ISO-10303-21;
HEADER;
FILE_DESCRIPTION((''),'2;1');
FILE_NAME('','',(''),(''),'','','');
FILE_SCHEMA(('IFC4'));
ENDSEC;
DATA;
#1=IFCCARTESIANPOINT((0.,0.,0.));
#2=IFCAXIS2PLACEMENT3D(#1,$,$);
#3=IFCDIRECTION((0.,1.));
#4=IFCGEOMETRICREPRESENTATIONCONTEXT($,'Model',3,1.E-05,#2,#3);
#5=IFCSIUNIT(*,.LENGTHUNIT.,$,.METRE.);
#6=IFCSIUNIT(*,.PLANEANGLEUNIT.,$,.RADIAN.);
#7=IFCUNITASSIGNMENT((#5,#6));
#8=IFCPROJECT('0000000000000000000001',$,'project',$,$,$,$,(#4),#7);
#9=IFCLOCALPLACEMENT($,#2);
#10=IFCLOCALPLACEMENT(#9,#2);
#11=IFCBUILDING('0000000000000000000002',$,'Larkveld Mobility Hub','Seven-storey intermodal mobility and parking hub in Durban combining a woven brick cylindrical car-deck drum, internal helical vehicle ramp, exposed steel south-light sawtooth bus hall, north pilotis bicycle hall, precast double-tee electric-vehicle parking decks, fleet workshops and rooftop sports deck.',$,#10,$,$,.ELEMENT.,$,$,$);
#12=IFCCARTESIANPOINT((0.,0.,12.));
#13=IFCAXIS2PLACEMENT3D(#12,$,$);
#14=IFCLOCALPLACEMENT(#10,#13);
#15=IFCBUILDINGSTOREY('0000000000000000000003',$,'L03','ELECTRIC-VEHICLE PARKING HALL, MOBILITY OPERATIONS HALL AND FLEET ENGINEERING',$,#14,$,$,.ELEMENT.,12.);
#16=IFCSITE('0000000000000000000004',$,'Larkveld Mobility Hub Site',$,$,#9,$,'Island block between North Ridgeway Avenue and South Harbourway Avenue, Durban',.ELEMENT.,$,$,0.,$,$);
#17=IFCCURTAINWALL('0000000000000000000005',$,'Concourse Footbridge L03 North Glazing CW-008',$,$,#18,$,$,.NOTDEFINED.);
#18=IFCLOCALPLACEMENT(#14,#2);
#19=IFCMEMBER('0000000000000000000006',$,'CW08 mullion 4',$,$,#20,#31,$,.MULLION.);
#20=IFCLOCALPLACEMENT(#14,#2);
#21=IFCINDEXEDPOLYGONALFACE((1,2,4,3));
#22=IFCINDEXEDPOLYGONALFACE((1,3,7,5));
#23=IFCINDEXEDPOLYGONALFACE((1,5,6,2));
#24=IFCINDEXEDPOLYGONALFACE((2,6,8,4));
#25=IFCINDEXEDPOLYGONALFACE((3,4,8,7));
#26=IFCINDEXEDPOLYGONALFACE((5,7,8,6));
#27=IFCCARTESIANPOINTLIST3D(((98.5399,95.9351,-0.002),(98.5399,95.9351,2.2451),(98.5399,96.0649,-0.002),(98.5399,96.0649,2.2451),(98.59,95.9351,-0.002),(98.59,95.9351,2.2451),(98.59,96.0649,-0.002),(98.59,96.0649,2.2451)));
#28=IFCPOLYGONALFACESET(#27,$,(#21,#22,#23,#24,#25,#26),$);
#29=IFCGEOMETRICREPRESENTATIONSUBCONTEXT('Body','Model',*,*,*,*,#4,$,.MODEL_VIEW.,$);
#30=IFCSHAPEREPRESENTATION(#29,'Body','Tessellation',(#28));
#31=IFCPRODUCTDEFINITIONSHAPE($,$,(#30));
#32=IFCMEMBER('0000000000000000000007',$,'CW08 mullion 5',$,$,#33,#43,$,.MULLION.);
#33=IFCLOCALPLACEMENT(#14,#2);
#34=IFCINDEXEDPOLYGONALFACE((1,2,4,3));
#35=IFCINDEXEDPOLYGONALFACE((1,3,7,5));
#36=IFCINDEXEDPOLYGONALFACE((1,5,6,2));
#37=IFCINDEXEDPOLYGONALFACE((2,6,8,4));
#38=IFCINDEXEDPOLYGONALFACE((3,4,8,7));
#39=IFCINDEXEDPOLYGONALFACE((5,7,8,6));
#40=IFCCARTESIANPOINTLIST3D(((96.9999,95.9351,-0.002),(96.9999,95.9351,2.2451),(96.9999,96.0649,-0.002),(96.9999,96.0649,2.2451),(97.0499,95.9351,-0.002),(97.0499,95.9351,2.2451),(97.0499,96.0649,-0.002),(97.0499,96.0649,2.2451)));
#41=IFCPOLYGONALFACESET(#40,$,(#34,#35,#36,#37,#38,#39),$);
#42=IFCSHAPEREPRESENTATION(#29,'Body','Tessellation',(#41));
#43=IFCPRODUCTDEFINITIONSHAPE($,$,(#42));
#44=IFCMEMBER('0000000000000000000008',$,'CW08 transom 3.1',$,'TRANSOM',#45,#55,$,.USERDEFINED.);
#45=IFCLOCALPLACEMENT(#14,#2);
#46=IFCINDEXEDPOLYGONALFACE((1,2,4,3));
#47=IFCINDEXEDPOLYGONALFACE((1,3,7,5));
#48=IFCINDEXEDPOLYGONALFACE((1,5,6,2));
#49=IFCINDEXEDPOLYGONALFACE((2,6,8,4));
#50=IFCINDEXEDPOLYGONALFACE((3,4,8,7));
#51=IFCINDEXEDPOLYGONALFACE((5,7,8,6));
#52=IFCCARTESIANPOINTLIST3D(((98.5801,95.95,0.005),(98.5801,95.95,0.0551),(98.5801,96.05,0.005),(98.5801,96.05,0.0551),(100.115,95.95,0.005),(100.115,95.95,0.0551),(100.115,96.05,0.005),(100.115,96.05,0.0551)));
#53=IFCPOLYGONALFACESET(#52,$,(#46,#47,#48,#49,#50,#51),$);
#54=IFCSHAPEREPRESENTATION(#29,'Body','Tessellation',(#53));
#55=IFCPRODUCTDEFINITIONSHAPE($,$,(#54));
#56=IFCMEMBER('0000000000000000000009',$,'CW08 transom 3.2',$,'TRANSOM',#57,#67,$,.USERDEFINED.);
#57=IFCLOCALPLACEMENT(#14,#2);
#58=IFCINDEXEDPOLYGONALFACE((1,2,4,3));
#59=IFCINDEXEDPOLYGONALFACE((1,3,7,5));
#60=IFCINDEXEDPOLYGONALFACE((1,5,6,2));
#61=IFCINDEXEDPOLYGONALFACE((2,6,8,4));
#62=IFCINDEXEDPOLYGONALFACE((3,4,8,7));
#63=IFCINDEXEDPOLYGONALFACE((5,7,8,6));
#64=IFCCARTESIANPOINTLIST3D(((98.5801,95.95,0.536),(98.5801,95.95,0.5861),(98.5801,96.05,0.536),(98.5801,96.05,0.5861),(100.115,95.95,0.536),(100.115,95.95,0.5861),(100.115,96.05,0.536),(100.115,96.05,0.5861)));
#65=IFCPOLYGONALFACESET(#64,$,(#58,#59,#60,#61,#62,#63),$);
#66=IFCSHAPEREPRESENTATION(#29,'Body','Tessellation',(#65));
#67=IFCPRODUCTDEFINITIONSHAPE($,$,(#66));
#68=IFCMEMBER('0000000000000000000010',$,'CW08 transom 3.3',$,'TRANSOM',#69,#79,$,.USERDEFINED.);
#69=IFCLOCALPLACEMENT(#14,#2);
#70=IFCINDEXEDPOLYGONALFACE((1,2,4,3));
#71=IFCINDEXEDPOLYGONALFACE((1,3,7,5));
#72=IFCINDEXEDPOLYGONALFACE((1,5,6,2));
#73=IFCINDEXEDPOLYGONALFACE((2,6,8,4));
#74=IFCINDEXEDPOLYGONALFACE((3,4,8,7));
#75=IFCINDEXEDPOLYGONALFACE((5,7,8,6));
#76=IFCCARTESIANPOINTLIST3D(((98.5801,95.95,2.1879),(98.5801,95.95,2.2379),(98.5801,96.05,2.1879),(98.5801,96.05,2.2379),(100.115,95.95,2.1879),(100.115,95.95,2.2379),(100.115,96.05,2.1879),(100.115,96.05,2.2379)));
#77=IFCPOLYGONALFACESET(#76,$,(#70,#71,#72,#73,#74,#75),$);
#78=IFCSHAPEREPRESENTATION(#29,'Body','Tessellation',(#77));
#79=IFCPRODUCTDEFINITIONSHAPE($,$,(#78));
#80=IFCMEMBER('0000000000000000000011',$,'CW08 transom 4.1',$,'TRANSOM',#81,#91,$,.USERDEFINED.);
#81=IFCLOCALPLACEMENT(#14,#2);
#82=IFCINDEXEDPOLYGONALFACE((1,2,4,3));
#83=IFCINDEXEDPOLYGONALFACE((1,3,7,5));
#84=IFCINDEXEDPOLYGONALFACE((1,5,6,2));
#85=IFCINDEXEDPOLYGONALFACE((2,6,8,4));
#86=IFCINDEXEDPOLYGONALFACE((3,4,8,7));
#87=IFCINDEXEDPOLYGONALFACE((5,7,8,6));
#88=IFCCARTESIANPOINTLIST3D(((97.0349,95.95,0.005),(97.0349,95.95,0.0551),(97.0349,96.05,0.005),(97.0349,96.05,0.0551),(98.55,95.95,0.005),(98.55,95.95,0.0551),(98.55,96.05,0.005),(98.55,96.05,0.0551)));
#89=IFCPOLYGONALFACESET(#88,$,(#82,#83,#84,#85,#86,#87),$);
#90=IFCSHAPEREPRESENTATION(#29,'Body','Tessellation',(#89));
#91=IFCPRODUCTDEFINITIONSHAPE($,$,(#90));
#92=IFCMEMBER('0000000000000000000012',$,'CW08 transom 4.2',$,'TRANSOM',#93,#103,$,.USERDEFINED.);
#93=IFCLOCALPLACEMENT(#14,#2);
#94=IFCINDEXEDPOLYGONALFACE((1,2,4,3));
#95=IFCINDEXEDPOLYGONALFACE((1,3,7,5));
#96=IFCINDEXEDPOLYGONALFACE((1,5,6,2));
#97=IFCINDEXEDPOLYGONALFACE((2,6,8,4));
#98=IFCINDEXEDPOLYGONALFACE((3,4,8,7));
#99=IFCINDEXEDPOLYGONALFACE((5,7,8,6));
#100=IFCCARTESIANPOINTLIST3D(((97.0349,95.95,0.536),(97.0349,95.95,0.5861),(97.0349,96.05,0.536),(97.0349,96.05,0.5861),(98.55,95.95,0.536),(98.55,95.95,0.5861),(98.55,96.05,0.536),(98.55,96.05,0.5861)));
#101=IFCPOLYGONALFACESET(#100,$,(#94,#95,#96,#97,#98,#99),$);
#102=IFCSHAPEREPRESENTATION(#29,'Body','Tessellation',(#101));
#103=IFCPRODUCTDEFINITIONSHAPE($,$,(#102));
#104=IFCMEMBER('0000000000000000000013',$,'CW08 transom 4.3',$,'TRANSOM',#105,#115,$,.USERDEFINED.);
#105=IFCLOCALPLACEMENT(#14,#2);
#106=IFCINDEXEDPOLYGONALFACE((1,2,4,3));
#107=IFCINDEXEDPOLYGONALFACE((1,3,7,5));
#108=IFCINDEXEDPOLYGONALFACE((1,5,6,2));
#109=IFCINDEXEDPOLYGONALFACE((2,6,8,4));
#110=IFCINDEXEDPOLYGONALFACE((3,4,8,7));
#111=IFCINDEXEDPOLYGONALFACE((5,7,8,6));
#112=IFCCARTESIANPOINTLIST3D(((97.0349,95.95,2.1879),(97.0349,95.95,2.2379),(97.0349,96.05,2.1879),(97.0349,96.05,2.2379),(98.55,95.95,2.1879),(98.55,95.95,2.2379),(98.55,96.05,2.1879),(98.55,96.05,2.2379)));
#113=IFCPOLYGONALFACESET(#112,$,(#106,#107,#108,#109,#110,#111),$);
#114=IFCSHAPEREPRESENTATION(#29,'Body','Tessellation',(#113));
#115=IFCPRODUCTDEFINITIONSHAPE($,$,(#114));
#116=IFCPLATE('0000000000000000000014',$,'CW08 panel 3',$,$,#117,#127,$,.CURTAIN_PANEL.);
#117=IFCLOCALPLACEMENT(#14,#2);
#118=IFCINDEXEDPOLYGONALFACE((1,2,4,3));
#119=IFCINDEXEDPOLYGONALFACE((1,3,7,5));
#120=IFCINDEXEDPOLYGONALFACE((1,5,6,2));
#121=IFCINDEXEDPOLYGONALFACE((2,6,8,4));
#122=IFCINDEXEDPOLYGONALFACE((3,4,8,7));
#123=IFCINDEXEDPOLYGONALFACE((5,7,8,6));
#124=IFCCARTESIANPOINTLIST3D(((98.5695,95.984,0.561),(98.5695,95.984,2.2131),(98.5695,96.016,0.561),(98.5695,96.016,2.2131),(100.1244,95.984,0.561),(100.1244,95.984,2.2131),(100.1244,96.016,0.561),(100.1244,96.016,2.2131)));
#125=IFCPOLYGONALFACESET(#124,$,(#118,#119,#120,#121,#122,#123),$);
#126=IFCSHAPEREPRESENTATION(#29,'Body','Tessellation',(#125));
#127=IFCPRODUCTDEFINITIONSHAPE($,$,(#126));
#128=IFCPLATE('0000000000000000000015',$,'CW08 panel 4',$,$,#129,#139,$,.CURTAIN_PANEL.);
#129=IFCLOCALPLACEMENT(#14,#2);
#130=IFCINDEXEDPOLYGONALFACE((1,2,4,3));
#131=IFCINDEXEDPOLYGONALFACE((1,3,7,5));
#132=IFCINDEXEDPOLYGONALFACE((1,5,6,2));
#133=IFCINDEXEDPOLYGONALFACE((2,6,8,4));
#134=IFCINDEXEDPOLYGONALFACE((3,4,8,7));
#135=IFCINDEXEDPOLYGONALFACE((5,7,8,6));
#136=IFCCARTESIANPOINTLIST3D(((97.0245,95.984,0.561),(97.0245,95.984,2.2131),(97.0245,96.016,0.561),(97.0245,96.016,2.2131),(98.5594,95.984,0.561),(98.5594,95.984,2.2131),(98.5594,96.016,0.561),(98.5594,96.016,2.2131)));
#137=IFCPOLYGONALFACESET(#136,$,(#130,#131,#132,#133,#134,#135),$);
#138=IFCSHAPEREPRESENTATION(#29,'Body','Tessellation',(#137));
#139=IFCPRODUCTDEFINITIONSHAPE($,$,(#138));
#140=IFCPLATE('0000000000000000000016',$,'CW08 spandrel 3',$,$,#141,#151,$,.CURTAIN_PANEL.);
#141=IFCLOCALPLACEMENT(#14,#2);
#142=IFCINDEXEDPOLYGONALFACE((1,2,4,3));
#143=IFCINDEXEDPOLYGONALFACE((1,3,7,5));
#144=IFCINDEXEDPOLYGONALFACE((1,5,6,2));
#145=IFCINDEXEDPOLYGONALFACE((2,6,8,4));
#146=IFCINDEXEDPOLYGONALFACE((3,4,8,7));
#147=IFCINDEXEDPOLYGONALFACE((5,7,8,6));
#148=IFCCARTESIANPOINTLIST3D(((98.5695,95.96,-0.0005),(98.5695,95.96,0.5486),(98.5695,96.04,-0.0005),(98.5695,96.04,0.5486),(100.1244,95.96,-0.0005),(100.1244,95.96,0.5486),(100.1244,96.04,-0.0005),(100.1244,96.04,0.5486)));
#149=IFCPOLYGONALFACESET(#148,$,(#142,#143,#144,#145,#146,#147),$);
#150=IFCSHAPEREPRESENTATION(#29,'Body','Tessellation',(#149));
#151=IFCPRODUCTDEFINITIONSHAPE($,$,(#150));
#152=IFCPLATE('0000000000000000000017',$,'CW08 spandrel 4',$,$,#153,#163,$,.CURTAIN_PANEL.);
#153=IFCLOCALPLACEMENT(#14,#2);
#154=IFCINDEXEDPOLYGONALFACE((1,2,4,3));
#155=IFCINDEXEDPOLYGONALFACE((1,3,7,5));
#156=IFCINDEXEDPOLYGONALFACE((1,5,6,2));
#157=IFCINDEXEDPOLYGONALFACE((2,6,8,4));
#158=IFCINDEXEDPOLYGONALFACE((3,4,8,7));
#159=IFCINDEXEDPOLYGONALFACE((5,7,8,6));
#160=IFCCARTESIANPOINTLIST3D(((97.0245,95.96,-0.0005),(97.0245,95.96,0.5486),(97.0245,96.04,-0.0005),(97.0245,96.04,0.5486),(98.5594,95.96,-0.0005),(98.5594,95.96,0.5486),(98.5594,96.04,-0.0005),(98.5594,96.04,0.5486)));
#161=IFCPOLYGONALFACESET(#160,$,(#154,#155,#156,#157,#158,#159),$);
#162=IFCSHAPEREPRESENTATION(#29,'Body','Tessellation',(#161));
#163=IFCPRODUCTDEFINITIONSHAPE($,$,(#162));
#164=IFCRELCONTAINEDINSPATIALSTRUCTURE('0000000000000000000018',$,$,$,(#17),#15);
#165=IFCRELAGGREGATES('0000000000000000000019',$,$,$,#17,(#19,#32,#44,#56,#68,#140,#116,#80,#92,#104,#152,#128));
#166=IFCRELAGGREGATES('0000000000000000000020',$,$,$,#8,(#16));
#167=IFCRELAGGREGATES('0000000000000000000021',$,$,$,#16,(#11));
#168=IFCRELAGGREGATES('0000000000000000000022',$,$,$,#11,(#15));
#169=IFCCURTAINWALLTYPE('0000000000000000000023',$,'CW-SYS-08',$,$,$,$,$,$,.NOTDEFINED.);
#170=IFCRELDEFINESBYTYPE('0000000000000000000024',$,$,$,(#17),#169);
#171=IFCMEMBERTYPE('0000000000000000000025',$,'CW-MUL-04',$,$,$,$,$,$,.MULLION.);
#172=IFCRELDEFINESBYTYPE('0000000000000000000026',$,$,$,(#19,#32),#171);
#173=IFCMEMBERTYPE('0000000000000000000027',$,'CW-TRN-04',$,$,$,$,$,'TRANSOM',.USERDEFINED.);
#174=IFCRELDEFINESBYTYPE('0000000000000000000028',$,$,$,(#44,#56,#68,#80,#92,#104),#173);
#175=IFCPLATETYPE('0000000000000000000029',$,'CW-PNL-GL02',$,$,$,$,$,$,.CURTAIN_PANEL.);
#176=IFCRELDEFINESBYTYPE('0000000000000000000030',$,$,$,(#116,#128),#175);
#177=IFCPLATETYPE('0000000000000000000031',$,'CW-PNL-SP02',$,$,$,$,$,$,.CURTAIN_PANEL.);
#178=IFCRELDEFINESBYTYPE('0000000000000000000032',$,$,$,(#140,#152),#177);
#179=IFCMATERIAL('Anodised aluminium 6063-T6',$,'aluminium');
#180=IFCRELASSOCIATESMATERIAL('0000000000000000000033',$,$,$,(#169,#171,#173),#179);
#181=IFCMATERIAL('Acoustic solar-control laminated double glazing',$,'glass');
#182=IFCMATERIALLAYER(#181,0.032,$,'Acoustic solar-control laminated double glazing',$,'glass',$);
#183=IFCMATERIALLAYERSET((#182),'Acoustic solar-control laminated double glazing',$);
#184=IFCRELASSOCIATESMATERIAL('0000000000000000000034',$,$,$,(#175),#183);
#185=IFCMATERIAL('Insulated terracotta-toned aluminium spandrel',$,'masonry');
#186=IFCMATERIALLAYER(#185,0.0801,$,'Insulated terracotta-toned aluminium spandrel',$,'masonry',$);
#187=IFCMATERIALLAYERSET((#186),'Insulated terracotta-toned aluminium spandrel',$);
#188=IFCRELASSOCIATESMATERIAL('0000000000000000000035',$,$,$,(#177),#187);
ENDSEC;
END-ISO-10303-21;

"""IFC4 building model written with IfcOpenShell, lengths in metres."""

from ifc_helpers import new_model, si_unit, direction, frame, origin, origin_2d, place, context, subcontext, project, spatial, rectangle, extrude, material, layer, layer_set, material_profile, profile_set, type_object, element, aggregate, save


model = new_model("IFC4")

# Units and contexts
model_context = context("Model", 3, precision=1e-05, world=origin(), true_north=direction((0.0, 1.0)))
body_context = subcontext(model_context, "Body", "Model", "MODEL_VIEW")
ifc_project = project(units=[si_unit("LENGTHUNIT", "METRE"), si_unit("PLANEANGLEUNIT", "RADIAN")], contexts=[model_context])

# Site, building, storey
site_placement = place(None, origin())
site = spatial("IfcSite", under=ifc_project, at=site_placement, Name="Larkveld Mobility Hub Site", LongName="Island block between North Ridgeway Avenue and South Harbourway Avenue, Durban", CompositionType="ELEMENT", RefElevation=0.0)
building_placement = place(site_placement, origin())
building = spatial("IfcBuilding", under=site, at=building_placement, Name="Larkveld Mobility Hub", Description="Seven-storey intermodal mobility and parking hub in Durban combining a woven brick cylindrical car-deck drum, internal helical vehicle ramp, exposed steel south-light sawtooth bus hall, north pilotis bicycle hall, precast double-tee electric-vehicle parking decks, fleet workshops and rooftop sports deck.", CompositionType="ELEMENT")
storey_placement = place(building_placement, frame((0.0, 0.0, 12.0)))
storey = spatial("IfcBuildingStorey", under=building, at=storey_placement, Name="L03", Description="ELECTRIC-VEHICLE PARKING HALL, MOBILITY OPERATIONS HALL AND FLEET ENGINEERING", CompositionType="ELEMENT", Elevation=12.0)

# Curtain wall, members, plates
ifc_material_1 = material(Name="Anodised aluminium 6063-T6", Category="aluminium")
curtain_wall_type = type_object("IfcCurtainWallType", Name="CW-SYS-08", PredefinedType="NOTDEFINED", material=ifc_material_1)
curtain_wall_placement = place(storey_placement, origin())
curtain_wall = element("IfcCurtainWall", 1, at=curtain_wall_placement, inside=storey, type_object=curtain_wall_type, Name="Concourse Footbridge L03 North Glazing CW-008", PredefinedType="NOTDEFINED")
ifc_material_profile_1 = material_profile(ifc_material_1, rectangle(XDim=0.05, YDim=0.1299, at=origin_2d()), Name="ALU MULL 50x130")
ifc_profile_set_1 = profile_set([ifc_material_profile_1], Name="Anodised aluminium 6063-T6")
member_type_1 = type_object("IfcMemberType", Name="CW-MUL-04", PredefinedType="MULLION", material=ifc_profile_set_1)
member_1_placement = place(storey_placement, frame((98.5649, 96.0, -0.002), z_axis=(0.0, 0.0, 1.0), x_axis=(-1.0, 0.0, 0.0)))
member_1 = element("IfcMember", 2, at=member_1_placement, type_object=member_type_1, Name="CW08 mullion 4", PredefinedType="MULLION", context=body_context, shape_type="SweptSolid", body=[
    extrude(rectangle(XDim=0.05, YDim=0.1299, at=origin_2d()), origin(), (0.0, 0.0, 1.0), 2.2471),
])
member_2_placement = place(storey_placement, frame((97.0249, 96.0, -0.002), z_axis=(0.0, 0.0, 1.0), x_axis=(-1.0, 0.0, 0.0)))
member_2 = element("IfcMember", 3, at=member_2_placement, type_object=member_type_1, Name="CW08 mullion 5", PredefinedType="MULLION", context=body_context, shape_type="SweptSolid", body=[
    extrude(rectangle(XDim=0.05, YDim=0.1299, at=origin_2d()), origin(), (0.0, 0.0, 1.0), 2.2471),
])
ifc_material_profile_2 = material_profile(ifc_material_1, rectangle(XDim=0.1001, YDim=0.05, at=origin_2d()), Name="ALU TRAN 50x100")
ifc_profile_set_2 = profile_set([ifc_material_profile_2], Name="Anodised aluminium 6063-T6")
member_type_2 = type_object("IfcMemberType", Name="CW-TRN-04", ElementType="TRANSOM", PredefinedType="USERDEFINED", material=ifc_profile_set_2)
member_3_placement = place(storey_placement, frame((100.115, 96.0, 0.03), z_axis=(-1.0, 0.0, 0.0), x_axis=(0.0, -1.0, 0.0)))
member_3 = element("IfcMember", 4, at=member_3_placement, type_object=member_type_2, Name="CW08 transom 3.1", ObjectType="TRANSOM", PredefinedType="USERDEFINED", context=body_context, shape_type="SweptSolid", body=[
    extrude(rectangle(XDim=0.1001, YDim=0.05, at=origin_2d()), origin(), (0.0, 0.0, 1.0), 1.5349),
])
member_4_placement = place(storey_placement, frame((100.115, 96.0, 0.561), z_axis=(-1.0, 0.0, 0.0), x_axis=(0.0, -1.0, 0.0)))
member_4 = element("IfcMember", 5, at=member_4_placement, type_object=member_type_2, Name="CW08 transom 3.2", ObjectType="TRANSOM", PredefinedType="USERDEFINED", context=body_context, shape_type="SweptSolid", body=[
    extrude(rectangle(XDim=0.1001, YDim=0.05, at=origin_2d()), origin(), (0.0, 0.0, 1.0), 1.5349),
])
member_5_placement = place(storey_placement, frame((100.115, 96.0, 2.2129), z_axis=(-1.0, 0.0, 0.0), x_axis=(0.0, -1.0, 0.0)))
member_5 = element("IfcMember", 6, at=member_5_placement, type_object=member_type_2, Name="CW08 transom 3.3", ObjectType="TRANSOM", PredefinedType="USERDEFINED", context=body_context, shape_type="SweptSolid", body=[
    extrude(rectangle(XDim=0.1001, YDim=0.05, at=origin_2d()), origin(), (0.0, 0.0, 1.0), 1.5349),
])
member_6_placement = place(storey_placement, frame((98.55, 96.0, 0.03), z_axis=(-1.0, 0.0, 0.0), x_axis=(0.0, -1.0, 0.0)))
member_6 = element("IfcMember", 7, at=member_6_placement, type_object=member_type_2, Name="CW08 transom 4.1", ObjectType="TRANSOM", PredefinedType="USERDEFINED", context=body_context, shape_type="SweptSolid", body=[
    extrude(rectangle(XDim=0.1001, YDim=0.05, at=origin_2d()), origin(), (0.0, 0.0, 1.0), 1.5151),
])
member_7_placement = place(storey_placement, frame((98.55, 96.0, 0.561), z_axis=(-1.0, 0.0, 0.0), x_axis=(0.0, -1.0, 0.0)))
member_7 = element("IfcMember", 8, at=member_7_placement, type_object=member_type_2, Name="CW08 transom 4.2", ObjectType="TRANSOM", PredefinedType="USERDEFINED", context=body_context, shape_type="SweptSolid", body=[
    extrude(rectangle(XDim=0.1001, YDim=0.05, at=origin_2d()), origin(), (0.0, 0.0, 1.0), 1.5151),
])
member_8_placement = place(storey_placement, frame((98.55, 96.0, 2.2129), z_axis=(-1.0, 0.0, 0.0), x_axis=(0.0, -1.0, 0.0)))
member_8 = element("IfcMember", 9, at=member_8_placement, type_object=member_type_2, Name="CW08 transom 4.3", ObjectType="TRANSOM", PredefinedType="USERDEFINED", context=body_context, shape_type="SweptSolid", body=[
    extrude(rectangle(XDim=0.1001, YDim=0.05, at=origin_2d()), origin(), (0.0, 0.0, 1.0), 1.5151),
])
ifc_material_2 = material(Name="Acoustic solar-control laminated double glazing", Category="glass")
ifc_layer_1 = layer(ifc_material_2, 0.032, Name="Acoustic solar-control laminated double glazing", Category="glass")
ifc_layer_set_1 = layer_set([ifc_layer_1], Name="Acoustic solar-control laminated double glazing")
plate_type_1 = type_object("IfcPlateType", Name="CW-PNL-GL02", PredefinedType="CURTAIN_PANEL", material=ifc_layer_set_1)
plate_1_placement = place(storey_placement, frame((99.3469, 96.0, 0.561), z_axis=(0.0, 0.0, 1.0), x_axis=(-1.0, 0.0, 0.0)))
plate_1 = element("IfcPlate", 10, at=plate_1_placement, type_object=plate_type_1, Name="CW08 panel 3", PredefinedType="CURTAIN_PANEL", context=body_context, shape_type="SweptSolid", body=[
    extrude(rectangle(XDim=1.5549, YDim=0.032, at=origin_2d()), origin(), (0.0, 0.0, 1.0), 1.6521),
])
plate_2_placement = place(storey_placement, frame((97.792, 96.0, 0.561), z_axis=(0.0, 0.0, 1.0), x_axis=(-1.0, 0.0, 0.0)))
plate_2 = element("IfcPlate", 11, at=plate_2_placement, type_object=plate_type_1, Name="CW08 panel 4", PredefinedType="CURTAIN_PANEL", context=body_context, shape_type="SweptSolid", body=[
    extrude(rectangle(XDim=1.5349, YDim=0.032, at=origin_2d()), origin(), (0.0, 0.0, 1.0), 1.6521),
])
ifc_material_3 = material(Name="Insulated terracotta-toned aluminium spandrel", Category="masonry")
ifc_layer_2 = layer(ifc_material_3, 0.0801, Name="Insulated terracotta-toned aluminium spandrel", Category="masonry")
ifc_layer_set_2 = layer_set([ifc_layer_2], Name="Insulated terracotta-toned aluminium spandrel")
plate_type_2 = type_object("IfcPlateType", Name="CW-PNL-SP02", PredefinedType="CURTAIN_PANEL", material=ifc_layer_set_2)
plate_3_placement = place(storey_placement, frame((99.3469, 96.0, -0.0005), z_axis=(0.0, 0.0, 1.0), x_axis=(-1.0, 0.0, 0.0)))
plate_3 = element("IfcPlate", 12, at=plate_3_placement, type_object=plate_type_2, Name="CW08 spandrel 3", PredefinedType="CURTAIN_PANEL", context=body_context, shape_type="SweptSolid", body=[
    extrude(rectangle(XDim=1.5549, YDim=0.0801, at=origin_2d()), origin(), (0.0, 0.0, 1.0), 0.5491),
])
plate_4_placement = place(storey_placement, frame((97.792, 96.0, -0.0005), z_axis=(0.0, 0.0, 1.0), x_axis=(-1.0, 0.0, 0.0)))
plate_4 = element("IfcPlate", 13, at=plate_4_placement, type_object=plate_type_2, Name="CW08 spandrel 4", PredefinedType="CURTAIN_PANEL", context=body_context, shape_type="SweptSolid", body=[
    extrude(rectangle(XDim=1.5349, YDim=0.0801, at=origin_2d()), origin(), (0.0, 0.0, 1.0), 0.5491),
])
aggregate(curtain_wall, [member_1, member_2, member_3, member_4, member_5, plate_3, plate_1, member_6, member_7, member_8, plate_4, plate_2])

save(model, "model.ifc")
